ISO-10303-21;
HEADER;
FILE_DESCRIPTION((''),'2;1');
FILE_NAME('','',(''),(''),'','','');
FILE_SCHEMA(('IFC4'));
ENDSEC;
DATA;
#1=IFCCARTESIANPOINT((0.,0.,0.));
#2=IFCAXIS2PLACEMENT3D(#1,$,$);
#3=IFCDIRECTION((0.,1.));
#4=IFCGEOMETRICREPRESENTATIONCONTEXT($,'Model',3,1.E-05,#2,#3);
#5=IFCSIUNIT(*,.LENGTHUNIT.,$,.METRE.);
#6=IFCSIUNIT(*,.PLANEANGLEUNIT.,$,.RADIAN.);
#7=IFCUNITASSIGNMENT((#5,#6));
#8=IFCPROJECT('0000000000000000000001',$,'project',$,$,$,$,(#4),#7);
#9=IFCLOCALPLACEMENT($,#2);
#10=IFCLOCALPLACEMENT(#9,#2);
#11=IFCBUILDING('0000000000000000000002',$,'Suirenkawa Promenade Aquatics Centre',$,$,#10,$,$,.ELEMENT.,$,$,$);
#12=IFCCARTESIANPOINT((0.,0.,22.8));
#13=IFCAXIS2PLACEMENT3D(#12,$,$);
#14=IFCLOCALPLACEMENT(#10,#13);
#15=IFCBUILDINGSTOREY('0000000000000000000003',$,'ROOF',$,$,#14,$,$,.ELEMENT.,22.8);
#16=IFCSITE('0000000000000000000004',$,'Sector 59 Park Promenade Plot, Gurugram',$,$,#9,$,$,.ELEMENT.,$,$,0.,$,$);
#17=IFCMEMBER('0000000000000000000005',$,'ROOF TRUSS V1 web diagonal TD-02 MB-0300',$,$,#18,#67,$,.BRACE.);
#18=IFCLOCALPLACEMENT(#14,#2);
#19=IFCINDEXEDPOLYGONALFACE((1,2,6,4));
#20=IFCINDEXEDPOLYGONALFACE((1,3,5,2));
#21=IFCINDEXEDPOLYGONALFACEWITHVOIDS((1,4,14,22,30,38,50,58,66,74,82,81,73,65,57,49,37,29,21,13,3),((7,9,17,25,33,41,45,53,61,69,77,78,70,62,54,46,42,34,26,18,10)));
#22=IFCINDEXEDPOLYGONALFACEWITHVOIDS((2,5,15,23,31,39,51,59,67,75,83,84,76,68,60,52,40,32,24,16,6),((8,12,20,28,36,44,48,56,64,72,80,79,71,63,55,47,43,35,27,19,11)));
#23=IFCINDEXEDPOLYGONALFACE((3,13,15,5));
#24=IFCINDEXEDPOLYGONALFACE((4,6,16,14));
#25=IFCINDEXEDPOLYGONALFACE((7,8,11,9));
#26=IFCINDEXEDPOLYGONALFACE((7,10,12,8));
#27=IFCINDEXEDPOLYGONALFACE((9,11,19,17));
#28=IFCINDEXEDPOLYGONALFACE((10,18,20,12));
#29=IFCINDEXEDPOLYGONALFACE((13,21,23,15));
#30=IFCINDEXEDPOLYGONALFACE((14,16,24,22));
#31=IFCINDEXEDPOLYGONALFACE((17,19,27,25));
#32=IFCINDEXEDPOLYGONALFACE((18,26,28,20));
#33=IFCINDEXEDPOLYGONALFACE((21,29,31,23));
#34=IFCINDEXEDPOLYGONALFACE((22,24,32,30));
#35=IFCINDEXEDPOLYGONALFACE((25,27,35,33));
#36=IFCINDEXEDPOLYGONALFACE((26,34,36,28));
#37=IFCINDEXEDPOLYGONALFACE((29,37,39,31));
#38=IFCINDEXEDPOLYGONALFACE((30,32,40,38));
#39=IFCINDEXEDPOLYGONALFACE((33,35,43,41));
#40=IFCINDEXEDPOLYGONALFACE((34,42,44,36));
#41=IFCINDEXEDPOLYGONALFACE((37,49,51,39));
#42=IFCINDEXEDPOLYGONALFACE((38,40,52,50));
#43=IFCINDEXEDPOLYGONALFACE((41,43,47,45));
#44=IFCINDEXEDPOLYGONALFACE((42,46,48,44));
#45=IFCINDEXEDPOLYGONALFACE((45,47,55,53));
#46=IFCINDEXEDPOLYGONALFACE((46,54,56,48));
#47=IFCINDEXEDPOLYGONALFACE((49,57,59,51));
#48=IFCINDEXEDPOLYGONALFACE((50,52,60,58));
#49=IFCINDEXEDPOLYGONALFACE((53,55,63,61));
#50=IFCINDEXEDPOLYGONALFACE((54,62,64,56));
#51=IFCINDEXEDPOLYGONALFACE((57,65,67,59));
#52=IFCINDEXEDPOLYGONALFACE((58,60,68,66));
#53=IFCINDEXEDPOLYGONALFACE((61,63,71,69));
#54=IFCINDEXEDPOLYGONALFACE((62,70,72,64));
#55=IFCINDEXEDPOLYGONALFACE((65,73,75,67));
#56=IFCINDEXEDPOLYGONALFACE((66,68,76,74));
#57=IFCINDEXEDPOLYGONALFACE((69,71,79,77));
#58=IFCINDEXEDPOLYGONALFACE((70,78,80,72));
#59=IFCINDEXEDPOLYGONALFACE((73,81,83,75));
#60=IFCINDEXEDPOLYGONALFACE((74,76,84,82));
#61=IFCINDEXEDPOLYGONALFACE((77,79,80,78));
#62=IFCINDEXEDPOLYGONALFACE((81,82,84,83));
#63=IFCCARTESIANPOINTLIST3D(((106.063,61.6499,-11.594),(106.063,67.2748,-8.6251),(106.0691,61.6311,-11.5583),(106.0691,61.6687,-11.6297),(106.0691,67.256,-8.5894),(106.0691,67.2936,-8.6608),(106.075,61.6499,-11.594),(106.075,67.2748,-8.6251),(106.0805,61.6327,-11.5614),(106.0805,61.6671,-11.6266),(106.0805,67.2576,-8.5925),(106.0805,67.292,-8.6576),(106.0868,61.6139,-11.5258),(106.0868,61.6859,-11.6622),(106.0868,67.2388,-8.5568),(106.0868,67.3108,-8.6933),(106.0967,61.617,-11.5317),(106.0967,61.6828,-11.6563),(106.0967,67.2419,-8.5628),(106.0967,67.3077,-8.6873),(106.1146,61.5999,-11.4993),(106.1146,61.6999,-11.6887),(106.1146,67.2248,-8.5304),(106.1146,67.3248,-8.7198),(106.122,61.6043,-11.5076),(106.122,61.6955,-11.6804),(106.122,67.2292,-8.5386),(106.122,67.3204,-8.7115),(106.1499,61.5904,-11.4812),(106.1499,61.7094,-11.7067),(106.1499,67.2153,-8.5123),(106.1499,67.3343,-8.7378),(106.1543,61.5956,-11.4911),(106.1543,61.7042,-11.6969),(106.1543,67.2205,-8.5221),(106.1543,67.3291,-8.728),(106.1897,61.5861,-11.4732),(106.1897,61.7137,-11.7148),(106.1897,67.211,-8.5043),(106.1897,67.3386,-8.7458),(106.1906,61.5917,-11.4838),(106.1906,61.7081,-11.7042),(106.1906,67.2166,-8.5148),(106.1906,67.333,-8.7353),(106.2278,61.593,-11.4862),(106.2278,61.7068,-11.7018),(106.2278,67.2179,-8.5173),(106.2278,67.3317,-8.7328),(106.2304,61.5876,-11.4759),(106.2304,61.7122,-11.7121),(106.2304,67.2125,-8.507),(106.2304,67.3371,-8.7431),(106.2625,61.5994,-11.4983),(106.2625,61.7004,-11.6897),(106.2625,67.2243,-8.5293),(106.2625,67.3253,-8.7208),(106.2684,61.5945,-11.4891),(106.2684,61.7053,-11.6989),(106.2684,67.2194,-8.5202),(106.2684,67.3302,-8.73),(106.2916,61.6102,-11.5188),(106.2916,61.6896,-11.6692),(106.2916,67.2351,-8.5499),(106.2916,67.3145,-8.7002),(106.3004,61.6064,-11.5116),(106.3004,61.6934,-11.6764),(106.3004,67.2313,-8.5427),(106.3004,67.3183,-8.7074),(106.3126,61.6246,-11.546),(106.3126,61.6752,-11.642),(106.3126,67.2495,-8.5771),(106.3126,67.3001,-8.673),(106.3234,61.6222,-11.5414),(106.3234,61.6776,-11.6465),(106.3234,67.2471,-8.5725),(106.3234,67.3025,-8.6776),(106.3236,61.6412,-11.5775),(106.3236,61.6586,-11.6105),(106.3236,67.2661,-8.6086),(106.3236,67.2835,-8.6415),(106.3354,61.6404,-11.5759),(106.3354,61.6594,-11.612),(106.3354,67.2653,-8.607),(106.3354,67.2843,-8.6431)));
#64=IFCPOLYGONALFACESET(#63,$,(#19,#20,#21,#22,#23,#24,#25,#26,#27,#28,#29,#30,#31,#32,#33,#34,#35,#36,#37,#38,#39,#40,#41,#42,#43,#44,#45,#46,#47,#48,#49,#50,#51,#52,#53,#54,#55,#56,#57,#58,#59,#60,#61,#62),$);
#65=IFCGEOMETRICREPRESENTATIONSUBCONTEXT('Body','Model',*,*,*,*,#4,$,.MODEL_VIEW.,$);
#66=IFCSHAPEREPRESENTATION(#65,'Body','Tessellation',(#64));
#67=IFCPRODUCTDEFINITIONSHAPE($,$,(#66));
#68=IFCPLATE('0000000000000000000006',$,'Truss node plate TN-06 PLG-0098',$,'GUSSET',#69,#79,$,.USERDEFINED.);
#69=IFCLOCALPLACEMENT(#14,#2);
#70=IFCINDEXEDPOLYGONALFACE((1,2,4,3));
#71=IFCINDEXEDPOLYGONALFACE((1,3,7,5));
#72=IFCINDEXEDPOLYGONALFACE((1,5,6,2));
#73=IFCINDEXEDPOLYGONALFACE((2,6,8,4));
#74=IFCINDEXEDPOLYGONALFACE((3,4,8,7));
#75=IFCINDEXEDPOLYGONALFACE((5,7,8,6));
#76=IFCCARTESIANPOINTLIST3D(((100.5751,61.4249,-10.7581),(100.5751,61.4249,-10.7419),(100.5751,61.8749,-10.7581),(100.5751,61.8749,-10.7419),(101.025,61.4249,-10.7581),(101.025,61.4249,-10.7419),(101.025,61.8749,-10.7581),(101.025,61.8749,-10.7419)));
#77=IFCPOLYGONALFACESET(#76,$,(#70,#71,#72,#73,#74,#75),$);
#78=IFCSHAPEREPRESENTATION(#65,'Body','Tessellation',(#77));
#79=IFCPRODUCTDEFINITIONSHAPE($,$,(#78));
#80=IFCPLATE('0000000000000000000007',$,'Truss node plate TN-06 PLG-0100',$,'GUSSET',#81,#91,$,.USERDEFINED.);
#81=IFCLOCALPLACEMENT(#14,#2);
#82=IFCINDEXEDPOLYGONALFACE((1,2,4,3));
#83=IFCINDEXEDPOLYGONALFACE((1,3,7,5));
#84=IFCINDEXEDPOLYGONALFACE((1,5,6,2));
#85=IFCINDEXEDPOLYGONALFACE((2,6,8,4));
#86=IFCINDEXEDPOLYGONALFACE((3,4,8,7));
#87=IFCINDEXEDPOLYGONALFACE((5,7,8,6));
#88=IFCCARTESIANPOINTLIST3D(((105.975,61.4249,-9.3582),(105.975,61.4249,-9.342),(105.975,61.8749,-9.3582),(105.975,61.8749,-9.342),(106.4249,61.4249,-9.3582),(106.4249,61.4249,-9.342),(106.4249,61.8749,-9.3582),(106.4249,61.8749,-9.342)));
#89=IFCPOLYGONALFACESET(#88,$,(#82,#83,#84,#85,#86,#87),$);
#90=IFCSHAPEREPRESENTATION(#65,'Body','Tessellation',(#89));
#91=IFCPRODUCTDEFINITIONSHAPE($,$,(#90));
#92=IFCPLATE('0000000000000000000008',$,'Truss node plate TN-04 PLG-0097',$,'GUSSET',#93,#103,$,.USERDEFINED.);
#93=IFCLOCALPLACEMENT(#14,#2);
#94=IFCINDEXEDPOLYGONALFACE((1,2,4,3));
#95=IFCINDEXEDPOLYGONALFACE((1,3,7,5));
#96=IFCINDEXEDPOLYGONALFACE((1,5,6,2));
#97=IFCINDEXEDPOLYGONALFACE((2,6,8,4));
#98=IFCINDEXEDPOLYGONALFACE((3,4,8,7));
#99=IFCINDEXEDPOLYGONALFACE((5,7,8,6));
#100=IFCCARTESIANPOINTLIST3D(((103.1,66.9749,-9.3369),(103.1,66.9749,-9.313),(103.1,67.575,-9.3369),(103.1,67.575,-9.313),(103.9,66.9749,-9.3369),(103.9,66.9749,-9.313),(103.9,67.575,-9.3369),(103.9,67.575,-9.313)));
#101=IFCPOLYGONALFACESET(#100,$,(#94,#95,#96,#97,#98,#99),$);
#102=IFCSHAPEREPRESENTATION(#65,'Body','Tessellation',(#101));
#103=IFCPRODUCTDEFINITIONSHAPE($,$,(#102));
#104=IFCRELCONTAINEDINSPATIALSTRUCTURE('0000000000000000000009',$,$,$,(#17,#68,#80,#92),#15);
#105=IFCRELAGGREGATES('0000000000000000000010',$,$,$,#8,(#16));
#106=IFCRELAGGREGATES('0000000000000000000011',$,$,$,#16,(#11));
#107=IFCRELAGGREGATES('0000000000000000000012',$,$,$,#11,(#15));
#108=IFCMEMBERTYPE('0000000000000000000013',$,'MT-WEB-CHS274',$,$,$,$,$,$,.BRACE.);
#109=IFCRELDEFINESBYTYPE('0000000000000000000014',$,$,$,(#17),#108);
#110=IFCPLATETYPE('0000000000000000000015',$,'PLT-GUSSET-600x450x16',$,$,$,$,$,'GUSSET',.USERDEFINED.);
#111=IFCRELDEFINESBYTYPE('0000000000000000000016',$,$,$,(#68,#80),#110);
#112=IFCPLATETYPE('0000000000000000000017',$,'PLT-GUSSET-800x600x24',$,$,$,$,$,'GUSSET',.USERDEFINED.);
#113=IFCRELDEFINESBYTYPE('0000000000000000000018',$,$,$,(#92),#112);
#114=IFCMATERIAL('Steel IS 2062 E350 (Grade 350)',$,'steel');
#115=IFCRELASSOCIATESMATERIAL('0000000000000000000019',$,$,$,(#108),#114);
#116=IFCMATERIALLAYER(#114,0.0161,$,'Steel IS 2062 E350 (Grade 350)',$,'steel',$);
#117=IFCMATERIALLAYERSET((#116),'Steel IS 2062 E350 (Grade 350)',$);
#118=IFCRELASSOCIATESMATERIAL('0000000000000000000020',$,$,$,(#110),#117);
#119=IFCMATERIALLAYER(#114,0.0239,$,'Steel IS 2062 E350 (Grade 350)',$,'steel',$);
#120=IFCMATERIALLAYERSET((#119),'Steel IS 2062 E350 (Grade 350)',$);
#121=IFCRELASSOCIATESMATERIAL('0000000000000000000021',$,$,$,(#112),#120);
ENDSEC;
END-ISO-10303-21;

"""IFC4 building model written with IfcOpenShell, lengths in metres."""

from ifc_helpers import new_model, si_unit, direction, frame, origin, origin_2d, place, context, subcontext, project, spatial, rectangle, hollow_circle, extrude, material, layer, layer_set, material_profile, profile_set, type_object, element, save


model = new_model("IFC4")

# Units and contexts
model_context = context("Model", 3, precision=1e-05, world=origin(), true_north=direction((0.0, 1.0)))
body_context = subcontext(model_context, "Body", "Model", "MODEL_VIEW")
ifc_project = project(units=[si_unit("LENGTHUNIT", "METRE"), si_unit("PLANEANGLEUNIT", "RADIAN")], contexts=[model_context])

# Site, building, storey
site_placement = place(None, origin())
site = spatial("IfcSite", under=ifc_project, at=site_placement, Name="Sector 59 Park Promenade Plot, Gurugram", CompositionType="ELEMENT", RefElevation=0.0)
building_placement = place(site_placement, origin())
building = spatial("IfcBuilding", under=site, at=building_placement, Name="Suirenkawa Promenade Aquatics Centre", CompositionType="ELEMENT")
storey_placement = place(building_placement, frame((0.0, 0.0, 22.8)))
storey = spatial("IfcBuildingStorey", under=building, at=storey_placement, Name="ROOF", CompositionType="ELEMENT", Elevation=22.8)

# Shared definitions
ifc_material = material(Name="Steel IS 2062 E350 (Grade 350)", Category="steel")

# Member
ifc_material_profile_1 = material_profile(ifc_material, hollow_circle(Radius=0.137, WallThickness=0.012, at=origin_2d()), Name="CHS 274x12", Category="steel")
ifc_profile_set_1 = profile_set([ifc_material_profile_1], Name="Steel IS 2062 E350 (Grade 350)")
member_type_1 = type_object("IfcMemberType", Name="MT-WEB-CHS274", PredefinedType="BRACE", material=ifc_profile_set_1)
member_1_placement = place(storey_placement, frame((106.2, 61.6499, -11.594), z_axis=(0.0, 0.884369, 0.466789), x_axis=(-1.0, 0.0, 0.0)))
element("IfcMember", 1, at=member_1_placement, inside=storey, type_object=member_type_1, Name="ROOF TRUSS V1 web diagonal TD-02 MB-0300", PredefinedType="BRACE", context=body_context, shape_type="SweptSolid", body=[
    extrude(hollow_circle(Radius=0.137, WallThickness=0.012, at=origin_2d()), origin(), (0.0, 0.0, 1.0), 6.3604),
])

# Plates
ifc_layer_1 = layer(ifc_material, 0.0161, Name="Steel IS 2062 E350 (Grade 350)", Category="steel")
ifc_layer_set_1 = layer_set([ifc_layer_1], Name="Steel IS 2062 E350 (Grade 350)")
plate_type_1 = type_object("IfcPlateType", Name="PLT-GUSSET-600x450x16", ElementType="GUSSET", PredefinedType="USERDEFINED", material=ifc_layer_set_1)
for number, where, z_axis, x_axis, name in (
    (2, (100.8, 61.6499, -10.7581), (0.0, 0.0, 1.0), (1.0, 0.0, 0.0), "Truss node plate TN-06 PLG-0098"),
    (3, (106.2, 61.6499, -9.3582), (0.0, 0.0, 1.0), (1.0, 0.0, 0.0), "Truss node plate TN-06 PLG-0100"),
):
    element("IfcPlate", number, at=place(storey_placement, frame(where, z_axis=z_axis, x_axis=x_axis)), inside=storey, type_object=plate_type_1, Name=name, ObjectType="GUSSET", PredefinedType="USERDEFINED", context=body_context, shape_type="SweptSolid", body=[
        extrude(rectangle(XDim=0.45, YDim=0.45, at=origin_2d()), origin(), (0.0, 0.0, 1.0), 0.0161),
    ])
ifc_layer_2 = layer(ifc_material, 0.0239, Name="Steel IS 2062 E350 (Grade 350)", Category="steel")
ifc_layer_set_2 = layer_set([ifc_layer_2], Name="Steel IS 2062 E350 (Grade 350)")
plate_type_2 = type_object("IfcPlateType", Name="PLT-GUSSET-800x600x24", ElementType="GUSSET", PredefinedType="USERDEFINED", material=ifc_layer_set_2)
plate_placement = place(storey_placement, frame((103.5, 67.2749, -9.3369), z_axis=(0.0, 0.0, 1.0), x_axis=(1.0, 0.0, 0.0)))
element("IfcPlate", 4, at=plate_placement, inside=storey, type_object=plate_type_2, Name="Truss node plate TN-04 PLG-0097", ObjectType="GUSSET", PredefinedType="USERDEFINED", context=body_context, shape_type="SweptSolid", body=[
    extrude(rectangle(XDim=0.8, YDim=0.6001, at=origin_2d()), origin(), (0.0, 0.0, 1.0), 0.0239),
])

save(model, "model.ifc")
